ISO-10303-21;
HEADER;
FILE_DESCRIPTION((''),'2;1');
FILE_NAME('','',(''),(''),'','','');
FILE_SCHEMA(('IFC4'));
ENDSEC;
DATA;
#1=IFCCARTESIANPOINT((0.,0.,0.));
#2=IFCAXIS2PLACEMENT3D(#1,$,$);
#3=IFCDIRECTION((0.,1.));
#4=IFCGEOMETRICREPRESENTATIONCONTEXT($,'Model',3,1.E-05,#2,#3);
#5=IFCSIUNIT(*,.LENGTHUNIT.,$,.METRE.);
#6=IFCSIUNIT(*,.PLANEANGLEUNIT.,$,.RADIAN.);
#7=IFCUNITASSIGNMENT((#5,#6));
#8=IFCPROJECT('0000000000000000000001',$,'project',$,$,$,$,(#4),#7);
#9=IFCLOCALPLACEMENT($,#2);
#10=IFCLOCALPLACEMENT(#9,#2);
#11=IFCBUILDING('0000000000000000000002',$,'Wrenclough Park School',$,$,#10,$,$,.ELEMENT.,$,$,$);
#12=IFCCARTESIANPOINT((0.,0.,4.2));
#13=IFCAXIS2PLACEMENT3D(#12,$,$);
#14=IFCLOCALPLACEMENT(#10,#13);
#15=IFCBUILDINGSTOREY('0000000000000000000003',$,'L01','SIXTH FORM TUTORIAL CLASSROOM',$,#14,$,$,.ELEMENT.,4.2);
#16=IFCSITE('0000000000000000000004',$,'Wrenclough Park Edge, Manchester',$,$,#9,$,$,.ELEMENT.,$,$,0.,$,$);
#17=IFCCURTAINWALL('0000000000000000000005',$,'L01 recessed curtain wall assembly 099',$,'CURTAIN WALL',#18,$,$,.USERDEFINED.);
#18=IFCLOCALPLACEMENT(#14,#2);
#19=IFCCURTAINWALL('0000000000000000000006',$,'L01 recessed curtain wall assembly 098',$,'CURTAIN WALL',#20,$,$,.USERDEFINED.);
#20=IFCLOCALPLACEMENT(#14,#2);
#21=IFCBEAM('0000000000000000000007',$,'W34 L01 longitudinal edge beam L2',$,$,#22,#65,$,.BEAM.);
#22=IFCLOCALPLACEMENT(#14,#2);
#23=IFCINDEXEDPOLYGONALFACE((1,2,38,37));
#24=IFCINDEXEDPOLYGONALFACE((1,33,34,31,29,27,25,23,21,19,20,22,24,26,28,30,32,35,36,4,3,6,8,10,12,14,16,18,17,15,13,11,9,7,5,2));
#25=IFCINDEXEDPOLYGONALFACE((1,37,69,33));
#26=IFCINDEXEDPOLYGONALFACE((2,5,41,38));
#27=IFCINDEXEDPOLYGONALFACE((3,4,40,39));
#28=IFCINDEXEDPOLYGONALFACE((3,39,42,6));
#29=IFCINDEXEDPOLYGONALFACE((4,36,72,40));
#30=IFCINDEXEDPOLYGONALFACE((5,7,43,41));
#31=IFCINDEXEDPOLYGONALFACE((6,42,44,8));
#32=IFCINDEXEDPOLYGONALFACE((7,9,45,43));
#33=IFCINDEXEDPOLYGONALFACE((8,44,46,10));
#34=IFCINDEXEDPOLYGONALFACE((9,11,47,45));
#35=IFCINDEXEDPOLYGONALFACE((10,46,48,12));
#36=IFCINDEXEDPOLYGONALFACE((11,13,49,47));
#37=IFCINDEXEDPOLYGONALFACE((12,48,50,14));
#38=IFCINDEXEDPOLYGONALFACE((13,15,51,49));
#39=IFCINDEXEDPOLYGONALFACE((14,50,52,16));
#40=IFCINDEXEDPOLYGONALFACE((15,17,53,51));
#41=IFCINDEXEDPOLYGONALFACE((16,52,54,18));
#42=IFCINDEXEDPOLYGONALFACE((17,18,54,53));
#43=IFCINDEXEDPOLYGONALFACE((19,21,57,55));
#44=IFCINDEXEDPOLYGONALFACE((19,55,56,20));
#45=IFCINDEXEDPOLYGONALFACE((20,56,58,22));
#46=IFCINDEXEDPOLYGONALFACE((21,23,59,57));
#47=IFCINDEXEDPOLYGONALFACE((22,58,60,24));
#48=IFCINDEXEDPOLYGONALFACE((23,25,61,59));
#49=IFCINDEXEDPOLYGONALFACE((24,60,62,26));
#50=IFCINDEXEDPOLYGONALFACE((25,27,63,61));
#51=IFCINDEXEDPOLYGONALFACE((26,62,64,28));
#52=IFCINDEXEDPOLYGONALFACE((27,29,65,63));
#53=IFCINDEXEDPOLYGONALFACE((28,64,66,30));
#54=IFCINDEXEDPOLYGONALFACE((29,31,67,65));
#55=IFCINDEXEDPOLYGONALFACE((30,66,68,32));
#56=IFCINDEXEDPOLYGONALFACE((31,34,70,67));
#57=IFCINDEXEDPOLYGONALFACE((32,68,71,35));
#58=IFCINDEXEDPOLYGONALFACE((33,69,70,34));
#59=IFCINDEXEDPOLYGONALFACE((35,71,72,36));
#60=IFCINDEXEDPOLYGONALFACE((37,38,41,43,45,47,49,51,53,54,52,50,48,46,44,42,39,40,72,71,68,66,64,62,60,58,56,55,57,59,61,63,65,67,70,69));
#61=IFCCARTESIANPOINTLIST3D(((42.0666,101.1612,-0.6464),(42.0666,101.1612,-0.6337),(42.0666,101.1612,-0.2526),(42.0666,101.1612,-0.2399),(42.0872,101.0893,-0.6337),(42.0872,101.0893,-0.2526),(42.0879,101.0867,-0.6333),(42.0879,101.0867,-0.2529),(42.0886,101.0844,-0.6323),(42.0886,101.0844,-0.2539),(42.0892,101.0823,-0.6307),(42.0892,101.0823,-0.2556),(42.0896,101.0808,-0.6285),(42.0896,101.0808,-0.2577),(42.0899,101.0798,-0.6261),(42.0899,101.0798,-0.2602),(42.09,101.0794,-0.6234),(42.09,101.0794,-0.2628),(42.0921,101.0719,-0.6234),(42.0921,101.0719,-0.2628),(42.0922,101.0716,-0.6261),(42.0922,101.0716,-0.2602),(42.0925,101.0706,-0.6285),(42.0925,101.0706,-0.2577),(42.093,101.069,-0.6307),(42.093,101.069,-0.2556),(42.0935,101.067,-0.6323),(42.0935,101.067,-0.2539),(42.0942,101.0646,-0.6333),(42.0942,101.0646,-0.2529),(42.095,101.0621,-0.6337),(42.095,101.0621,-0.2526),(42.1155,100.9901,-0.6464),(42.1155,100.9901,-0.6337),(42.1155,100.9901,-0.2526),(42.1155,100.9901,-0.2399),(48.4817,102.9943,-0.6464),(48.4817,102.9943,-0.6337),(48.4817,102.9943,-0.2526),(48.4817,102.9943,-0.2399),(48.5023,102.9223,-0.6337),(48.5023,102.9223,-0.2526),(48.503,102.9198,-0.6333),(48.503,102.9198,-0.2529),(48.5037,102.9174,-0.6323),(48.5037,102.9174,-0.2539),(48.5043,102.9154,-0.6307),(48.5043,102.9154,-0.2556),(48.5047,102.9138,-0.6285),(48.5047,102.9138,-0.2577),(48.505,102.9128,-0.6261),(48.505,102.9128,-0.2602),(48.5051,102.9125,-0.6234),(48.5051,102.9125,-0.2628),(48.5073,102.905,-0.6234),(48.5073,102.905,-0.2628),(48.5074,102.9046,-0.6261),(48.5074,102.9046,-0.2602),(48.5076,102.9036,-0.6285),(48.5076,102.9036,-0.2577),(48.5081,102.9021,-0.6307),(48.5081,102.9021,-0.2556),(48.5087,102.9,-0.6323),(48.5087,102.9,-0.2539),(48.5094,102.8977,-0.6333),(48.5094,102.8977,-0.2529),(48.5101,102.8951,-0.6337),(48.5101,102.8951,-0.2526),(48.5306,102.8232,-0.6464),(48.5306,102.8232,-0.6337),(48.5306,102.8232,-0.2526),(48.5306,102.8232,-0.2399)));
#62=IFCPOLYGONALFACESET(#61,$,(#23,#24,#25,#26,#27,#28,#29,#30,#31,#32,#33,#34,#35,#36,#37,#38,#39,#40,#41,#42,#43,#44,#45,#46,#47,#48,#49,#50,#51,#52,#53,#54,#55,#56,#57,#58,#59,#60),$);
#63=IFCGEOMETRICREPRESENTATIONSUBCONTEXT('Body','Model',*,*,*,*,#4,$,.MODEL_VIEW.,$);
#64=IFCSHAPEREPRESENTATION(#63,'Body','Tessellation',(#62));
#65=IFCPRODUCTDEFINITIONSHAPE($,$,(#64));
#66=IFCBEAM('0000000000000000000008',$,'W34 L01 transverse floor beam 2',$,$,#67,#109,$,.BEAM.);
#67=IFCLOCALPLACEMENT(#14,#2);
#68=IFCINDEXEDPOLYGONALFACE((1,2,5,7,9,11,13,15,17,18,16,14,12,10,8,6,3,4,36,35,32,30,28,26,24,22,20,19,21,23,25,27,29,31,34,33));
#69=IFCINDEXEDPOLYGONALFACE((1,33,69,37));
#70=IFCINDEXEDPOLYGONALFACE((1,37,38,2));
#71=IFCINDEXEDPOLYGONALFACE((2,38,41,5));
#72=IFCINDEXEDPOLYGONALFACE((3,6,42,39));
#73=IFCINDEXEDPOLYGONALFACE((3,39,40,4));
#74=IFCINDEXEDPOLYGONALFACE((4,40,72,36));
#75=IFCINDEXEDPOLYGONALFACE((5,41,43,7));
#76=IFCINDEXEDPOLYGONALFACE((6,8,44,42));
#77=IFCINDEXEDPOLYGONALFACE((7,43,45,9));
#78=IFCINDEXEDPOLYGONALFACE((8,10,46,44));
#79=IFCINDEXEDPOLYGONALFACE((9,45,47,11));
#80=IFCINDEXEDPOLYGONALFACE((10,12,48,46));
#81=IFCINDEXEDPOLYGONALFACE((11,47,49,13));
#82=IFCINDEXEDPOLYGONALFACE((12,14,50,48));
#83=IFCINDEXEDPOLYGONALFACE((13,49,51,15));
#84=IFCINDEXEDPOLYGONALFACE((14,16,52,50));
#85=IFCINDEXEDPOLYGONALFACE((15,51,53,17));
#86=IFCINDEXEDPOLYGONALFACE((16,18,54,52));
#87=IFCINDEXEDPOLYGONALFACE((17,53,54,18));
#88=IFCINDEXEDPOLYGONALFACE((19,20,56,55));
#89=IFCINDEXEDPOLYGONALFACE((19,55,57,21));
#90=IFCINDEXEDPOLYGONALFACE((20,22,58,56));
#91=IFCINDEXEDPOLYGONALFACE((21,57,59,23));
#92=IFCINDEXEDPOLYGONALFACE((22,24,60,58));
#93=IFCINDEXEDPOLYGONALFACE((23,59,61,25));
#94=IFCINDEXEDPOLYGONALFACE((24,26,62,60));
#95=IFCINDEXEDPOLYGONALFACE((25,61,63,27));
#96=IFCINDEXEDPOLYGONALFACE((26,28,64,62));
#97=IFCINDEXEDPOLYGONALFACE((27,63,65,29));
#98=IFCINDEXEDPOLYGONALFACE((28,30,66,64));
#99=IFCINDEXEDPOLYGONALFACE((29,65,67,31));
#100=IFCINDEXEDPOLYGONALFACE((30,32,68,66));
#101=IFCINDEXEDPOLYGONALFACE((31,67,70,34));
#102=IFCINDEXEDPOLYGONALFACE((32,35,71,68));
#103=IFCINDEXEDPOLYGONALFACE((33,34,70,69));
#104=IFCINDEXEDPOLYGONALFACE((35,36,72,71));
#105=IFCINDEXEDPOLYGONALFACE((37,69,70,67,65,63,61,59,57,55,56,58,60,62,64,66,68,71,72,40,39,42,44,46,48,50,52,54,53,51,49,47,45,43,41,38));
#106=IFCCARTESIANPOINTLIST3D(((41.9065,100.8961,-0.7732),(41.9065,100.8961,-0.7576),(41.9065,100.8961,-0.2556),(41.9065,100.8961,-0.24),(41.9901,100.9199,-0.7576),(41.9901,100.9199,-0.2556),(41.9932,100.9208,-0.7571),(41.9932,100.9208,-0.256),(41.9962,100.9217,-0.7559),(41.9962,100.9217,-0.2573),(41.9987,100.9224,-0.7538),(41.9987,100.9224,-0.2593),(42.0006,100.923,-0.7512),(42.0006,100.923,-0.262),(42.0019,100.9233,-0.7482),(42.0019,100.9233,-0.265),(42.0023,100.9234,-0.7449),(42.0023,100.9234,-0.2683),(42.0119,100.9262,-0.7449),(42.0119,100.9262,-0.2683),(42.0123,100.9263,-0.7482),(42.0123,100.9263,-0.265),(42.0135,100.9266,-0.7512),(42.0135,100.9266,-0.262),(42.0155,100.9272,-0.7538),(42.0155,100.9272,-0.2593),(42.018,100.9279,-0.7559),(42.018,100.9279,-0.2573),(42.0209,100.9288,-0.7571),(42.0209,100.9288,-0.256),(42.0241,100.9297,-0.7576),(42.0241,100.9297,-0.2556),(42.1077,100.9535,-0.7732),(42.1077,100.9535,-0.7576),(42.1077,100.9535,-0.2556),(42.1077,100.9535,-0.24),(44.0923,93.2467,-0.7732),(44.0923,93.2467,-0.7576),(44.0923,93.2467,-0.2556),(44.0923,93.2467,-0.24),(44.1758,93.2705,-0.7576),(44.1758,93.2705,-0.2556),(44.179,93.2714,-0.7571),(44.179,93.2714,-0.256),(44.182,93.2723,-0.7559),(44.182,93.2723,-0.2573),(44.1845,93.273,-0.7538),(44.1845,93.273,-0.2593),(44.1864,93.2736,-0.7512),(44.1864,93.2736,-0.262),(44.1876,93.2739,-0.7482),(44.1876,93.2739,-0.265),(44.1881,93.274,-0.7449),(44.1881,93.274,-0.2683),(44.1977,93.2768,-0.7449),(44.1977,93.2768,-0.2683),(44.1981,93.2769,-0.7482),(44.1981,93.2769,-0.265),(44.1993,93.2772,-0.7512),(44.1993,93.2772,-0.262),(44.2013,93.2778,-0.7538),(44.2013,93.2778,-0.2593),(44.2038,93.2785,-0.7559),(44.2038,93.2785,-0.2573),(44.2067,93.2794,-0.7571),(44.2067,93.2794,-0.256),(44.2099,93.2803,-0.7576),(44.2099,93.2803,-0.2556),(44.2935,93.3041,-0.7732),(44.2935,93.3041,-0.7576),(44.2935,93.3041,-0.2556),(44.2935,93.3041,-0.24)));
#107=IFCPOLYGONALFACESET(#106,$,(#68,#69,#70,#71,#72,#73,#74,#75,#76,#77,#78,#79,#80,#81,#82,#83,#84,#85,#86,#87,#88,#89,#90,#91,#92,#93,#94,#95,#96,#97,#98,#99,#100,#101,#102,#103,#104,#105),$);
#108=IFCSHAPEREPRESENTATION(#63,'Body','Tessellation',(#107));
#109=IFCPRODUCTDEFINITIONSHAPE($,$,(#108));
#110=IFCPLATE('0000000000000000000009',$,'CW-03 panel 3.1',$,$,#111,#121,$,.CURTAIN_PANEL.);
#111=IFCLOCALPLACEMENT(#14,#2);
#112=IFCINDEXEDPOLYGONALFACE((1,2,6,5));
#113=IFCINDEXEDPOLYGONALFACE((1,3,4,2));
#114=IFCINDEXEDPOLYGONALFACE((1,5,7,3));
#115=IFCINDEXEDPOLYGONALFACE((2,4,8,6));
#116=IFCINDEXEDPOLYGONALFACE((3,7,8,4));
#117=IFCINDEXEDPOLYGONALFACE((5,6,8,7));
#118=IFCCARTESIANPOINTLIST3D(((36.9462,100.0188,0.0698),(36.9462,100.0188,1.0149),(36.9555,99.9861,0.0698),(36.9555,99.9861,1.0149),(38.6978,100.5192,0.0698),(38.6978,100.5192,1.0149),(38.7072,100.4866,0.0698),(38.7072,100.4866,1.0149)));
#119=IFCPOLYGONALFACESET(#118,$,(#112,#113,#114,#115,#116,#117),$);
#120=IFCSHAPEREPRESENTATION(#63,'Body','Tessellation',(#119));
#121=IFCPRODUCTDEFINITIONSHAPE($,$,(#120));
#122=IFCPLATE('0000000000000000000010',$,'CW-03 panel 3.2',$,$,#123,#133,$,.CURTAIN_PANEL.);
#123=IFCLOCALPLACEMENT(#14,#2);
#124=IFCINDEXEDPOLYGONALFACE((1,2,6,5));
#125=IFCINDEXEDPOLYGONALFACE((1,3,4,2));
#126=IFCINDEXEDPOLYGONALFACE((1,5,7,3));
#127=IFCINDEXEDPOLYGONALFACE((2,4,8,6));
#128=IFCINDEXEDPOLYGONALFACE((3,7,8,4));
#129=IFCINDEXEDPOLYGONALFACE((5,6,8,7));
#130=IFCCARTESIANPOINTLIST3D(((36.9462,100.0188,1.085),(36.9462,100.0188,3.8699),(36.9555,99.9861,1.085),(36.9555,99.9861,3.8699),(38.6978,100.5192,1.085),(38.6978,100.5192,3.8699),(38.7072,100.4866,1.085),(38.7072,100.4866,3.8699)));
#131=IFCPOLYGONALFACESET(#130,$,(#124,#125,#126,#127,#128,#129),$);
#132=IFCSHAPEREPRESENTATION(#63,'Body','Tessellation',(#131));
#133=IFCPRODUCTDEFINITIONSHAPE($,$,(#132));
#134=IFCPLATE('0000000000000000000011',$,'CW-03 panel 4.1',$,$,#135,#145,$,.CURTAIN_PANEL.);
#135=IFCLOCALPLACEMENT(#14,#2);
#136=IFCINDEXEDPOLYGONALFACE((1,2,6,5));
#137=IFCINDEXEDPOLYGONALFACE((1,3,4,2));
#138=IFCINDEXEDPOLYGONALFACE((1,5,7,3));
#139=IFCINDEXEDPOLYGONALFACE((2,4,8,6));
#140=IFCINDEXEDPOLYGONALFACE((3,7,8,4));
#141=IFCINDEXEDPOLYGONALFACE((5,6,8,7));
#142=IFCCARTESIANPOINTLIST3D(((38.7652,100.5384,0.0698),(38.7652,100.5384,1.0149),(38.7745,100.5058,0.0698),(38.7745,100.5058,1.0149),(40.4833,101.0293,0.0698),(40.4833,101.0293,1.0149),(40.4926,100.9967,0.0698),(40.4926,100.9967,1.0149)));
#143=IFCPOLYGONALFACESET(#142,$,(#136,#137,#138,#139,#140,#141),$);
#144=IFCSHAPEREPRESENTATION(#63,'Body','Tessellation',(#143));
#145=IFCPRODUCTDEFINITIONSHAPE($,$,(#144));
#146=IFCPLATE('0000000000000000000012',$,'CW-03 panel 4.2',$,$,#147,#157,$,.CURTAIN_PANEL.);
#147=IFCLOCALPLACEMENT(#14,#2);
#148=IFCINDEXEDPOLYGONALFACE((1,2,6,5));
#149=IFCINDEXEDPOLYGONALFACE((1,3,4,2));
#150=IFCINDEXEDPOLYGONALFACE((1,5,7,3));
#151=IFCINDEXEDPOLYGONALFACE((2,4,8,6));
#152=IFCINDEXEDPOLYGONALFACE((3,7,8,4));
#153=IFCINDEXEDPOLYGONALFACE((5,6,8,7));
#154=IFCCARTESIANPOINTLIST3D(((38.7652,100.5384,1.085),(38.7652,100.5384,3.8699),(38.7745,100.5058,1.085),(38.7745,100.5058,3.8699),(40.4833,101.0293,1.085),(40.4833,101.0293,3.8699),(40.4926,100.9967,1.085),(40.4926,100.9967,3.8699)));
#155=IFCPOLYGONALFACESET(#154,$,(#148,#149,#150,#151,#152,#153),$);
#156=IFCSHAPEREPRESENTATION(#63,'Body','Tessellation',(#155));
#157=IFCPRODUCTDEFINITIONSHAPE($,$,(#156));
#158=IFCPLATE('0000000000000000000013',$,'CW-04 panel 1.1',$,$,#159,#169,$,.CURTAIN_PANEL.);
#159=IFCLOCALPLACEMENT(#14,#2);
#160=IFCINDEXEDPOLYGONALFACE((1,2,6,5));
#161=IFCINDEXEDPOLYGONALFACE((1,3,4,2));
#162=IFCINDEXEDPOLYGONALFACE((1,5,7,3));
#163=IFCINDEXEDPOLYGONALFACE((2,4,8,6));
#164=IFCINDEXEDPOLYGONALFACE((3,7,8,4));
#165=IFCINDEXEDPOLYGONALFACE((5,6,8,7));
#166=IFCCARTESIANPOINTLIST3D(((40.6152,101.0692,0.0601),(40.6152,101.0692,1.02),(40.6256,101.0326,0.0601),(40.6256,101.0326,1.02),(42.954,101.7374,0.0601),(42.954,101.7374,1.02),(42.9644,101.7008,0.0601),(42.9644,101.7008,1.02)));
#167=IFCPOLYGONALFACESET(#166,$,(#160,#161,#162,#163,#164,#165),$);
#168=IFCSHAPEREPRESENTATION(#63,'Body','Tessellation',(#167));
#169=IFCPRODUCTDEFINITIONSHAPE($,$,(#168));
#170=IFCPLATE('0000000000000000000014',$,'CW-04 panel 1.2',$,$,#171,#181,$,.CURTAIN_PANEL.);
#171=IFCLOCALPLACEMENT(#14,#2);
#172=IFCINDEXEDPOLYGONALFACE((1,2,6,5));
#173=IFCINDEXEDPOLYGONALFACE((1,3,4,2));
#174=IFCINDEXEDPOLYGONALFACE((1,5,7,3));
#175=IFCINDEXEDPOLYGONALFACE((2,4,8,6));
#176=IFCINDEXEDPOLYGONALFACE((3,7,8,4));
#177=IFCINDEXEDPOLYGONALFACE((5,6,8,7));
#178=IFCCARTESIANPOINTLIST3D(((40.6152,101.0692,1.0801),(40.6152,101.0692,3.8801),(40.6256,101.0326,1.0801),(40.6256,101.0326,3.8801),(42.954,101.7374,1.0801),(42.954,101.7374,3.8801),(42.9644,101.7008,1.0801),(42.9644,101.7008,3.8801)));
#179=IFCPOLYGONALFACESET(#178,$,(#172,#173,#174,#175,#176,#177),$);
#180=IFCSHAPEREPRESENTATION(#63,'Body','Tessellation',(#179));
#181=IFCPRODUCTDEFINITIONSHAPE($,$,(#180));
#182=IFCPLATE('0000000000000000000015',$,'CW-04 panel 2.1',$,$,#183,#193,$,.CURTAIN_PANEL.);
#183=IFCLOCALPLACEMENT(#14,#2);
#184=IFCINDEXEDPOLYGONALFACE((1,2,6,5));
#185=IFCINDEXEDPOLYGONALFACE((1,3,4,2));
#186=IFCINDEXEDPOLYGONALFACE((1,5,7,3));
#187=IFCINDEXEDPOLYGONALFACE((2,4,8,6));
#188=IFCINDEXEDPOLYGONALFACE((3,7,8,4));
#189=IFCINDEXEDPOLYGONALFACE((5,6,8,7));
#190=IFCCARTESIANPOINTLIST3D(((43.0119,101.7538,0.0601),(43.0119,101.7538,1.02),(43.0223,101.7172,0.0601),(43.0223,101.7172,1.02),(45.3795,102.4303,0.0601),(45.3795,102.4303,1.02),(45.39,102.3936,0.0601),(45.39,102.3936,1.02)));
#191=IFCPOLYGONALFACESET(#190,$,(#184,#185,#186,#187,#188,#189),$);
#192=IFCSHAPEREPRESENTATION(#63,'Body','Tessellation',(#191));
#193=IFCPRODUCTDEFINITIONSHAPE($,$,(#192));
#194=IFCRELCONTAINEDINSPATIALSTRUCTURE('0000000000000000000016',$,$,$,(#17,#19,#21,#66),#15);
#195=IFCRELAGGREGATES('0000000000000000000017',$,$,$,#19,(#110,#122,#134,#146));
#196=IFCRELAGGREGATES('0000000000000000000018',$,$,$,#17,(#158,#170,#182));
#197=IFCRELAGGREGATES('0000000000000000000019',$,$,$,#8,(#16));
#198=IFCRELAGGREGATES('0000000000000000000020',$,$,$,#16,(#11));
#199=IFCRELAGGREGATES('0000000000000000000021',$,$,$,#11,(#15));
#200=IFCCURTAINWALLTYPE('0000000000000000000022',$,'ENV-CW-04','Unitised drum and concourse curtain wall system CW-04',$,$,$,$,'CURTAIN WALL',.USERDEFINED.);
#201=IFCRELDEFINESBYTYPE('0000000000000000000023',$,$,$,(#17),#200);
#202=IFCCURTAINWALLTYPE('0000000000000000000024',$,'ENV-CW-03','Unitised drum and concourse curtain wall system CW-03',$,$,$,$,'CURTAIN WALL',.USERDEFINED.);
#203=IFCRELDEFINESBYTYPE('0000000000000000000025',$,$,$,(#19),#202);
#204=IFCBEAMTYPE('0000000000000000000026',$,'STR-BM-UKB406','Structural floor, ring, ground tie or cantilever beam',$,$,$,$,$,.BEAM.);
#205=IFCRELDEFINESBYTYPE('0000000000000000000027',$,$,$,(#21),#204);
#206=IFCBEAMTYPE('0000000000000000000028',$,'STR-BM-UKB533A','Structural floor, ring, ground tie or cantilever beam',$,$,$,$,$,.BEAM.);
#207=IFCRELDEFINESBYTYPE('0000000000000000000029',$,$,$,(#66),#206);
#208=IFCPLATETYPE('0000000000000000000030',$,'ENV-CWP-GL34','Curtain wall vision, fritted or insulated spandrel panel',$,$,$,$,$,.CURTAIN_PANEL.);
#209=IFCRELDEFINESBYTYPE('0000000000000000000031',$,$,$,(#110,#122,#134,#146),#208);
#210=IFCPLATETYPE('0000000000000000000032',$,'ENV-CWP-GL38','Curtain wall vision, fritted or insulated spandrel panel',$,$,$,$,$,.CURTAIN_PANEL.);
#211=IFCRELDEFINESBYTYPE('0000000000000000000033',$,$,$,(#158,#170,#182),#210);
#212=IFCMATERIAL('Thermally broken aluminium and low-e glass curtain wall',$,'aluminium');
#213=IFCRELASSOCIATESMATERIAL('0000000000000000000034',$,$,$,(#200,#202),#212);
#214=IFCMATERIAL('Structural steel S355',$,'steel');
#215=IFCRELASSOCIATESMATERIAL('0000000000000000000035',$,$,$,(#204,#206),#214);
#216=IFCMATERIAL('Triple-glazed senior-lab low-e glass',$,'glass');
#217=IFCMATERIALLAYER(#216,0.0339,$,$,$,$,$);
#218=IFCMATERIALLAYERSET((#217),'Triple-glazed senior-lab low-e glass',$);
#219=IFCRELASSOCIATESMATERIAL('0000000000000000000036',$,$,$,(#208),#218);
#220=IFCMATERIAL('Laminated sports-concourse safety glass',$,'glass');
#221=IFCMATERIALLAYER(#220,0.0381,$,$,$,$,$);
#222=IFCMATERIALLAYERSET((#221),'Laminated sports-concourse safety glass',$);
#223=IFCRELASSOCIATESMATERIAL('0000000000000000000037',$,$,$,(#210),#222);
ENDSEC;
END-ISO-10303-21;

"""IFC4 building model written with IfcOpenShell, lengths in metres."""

from ifc_helpers import new_model, si_unit, direction, frame, origin, origin_2d, place, context, subcontext, project, spatial, rectangle, i_section, extrude, material, layer, layer_set, material_profile, profile_set, type_object, element, aggregate, save


model = new_model("IFC4")

# Units and contexts
model_context = context("Model", 3, precision=1e-05, world=origin(), true_north=direction((0.0, 1.0)))
body_context = subcontext(model_context, "Body", "Model", "MODEL_VIEW")
ifc_project = project(units=[si_unit("LENGTHUNIT", "METRE"), si_unit("PLANEANGLEUNIT", "RADIAN")], contexts=[model_context])

# Site, building, storey
site_placement = place(None, origin())
site = spatial("IfcSite", under=ifc_project, at=site_placement, Name="Wrenclough Park Edge, Manchester", CompositionType="ELEMENT", RefElevation=0.0)
building_placement = place(site_placement, origin())
building = spatial("IfcBuilding", under=site, at=building_placement, Name="Wrenclough Park School", CompositionType="ELEMENT")
storey_placement = place(building_placement, frame((0.0, 0.0, 4.2)))
storey = spatial("IfcBuildingStorey", under=building, at=storey_placement, Name="L01", Description="SIXTH FORM TUTORIAL CLASSROOM", CompositionType="ELEMENT", Elevation=4.2)

# Shared definitions
ifc_material_1 = material(Name="Structural steel S355", Category="steel")

# Curtain walls
ifc_material_2 = material(Name="Thermally broken aluminium and low-e glass curtain wall", Category="aluminium")
curtain_wall_type_1 = type_object("IfcCurtainWallType", Name="ENV-CW-04", Description="Unitised drum and concourse curtain wall system CW-04", ElementType="CURTAIN WALL", PredefinedType="USERDEFINED", material=ifc_material_2)
curtain_wall_1_placement = place(storey_placement, origin())
curtain_wall_1 = element("IfcCurtainWall", 1, at=curtain_wall_1_placement, inside=storey, type_object=curtain_wall_type_1, Name="L01 recessed curtain wall assembly 099", ObjectType="CURTAIN WALL", PredefinedType="USERDEFINED")
curtain_wall_type_2 = type_object("IfcCurtainWallType", Name="ENV-CW-03", Description="Unitised drum and concourse curtain wall system CW-03", ElementType="CURTAIN WALL", PredefinedType="USERDEFINED", material=ifc_material_2)
curtain_wall_2_placement = place(storey_placement, origin())
curtain_wall_2 = element("IfcCurtainWall", 2, at=curtain_wall_2_placement, inside=storey, type_object=curtain_wall_type_2, Name="L01 recessed curtain wall assembly 098", ObjectType="CURTAIN WALL", PredefinedType="USERDEFINED")

# Beams
ifc_material_profile_1 = material_profile(ifc_material_1, i_section(OverallWidth=0.178, OverallDepth=0.4065, WebThickness=0.0078, FlangeThickness=0.0127, FilletRadius=0.0103, at=origin_2d()), Name="UKB 406x178x60")
ifc_profile_set_1 = profile_set([ifc_material_profile_1], Name="Structural steel S355")
beam_type_1 = type_object("IfcBeamType", Name="STR-BM-UKB406", Description="Structural floor, ring, ground tie or cantilever beam", PredefinedType="BEAM", material=ifc_profile_set_1)
beam_1_placement = place(storey_placement, frame((42.0911, 101.0757, -0.4431), z_axis=(0.961518, 0.27474, 0.0), x_axis=(-0.27474, 0.961518, 0.0)))
element("IfcBeam", 3, at=beam_1_placement, inside=storey, type_object=beam_type_1, Name="W34 L01 longitudinal edge beam L2", PredefinedType="BEAM", context=body_context, shape_type="SweptSolid", body=[
    extrude(i_section(OverallWidth=0.178, OverallDepth=0.4065, WebThickness=0.0078, FlangeThickness=0.0127, FilletRadius=0.0103, at=origin_2d()), origin(), (0.0, 0.0, 1.0), 6.6719),
])
ifc_material_profile_2 = material_profile(ifc_material_1, i_section(OverallWidth=0.2092, OverallDepth=0.5332, WebThickness=0.01, FlangeThickness=0.0156, FilletRadius=0.0127, at=origin_2d()), Name="UKB 533x210x92")
ifc_profile_set_2 = profile_set([ifc_material_profile_2], Name="Structural steel S355")
beam_type_2 = type_object("IfcBeamType", Name="STR-BM-UKB533A", Description="Structural floor, ring, ground tie or cantilever beam", PredefinedType="BEAM", material=ifc_profile_set_2)
beam_2_placement = place(storey_placement, frame((42.0071, 100.9248, -0.5066), z_axis=(0.274749, -0.961516, 0.0), x_axis=(0.961516, 0.274749, 0.0)))
element("IfcBeam", 4, at=beam_2_placement, inside=storey, type_object=beam_type_2, Name="W34 L01 transverse floor beam 2", PredefinedType="BEAM", context=body_context, shape_type="SweptSolid", body=[
    extrude(i_section(OverallWidth=0.2092, OverallDepth=0.5332, WebThickness=0.01, FlangeThickness=0.0156, FilletRadius=0.0127, at=origin_2d()), origin(), (0.0, 0.0, 1.0), 7.9556),
])

# Plates
ifc_material_3 = material(Name="Triple-glazed senior-lab low-e glass", Category="glass")
ifc_layer_1 = layer(ifc_material_3, 0.0339)
ifc_layer_set_1 = layer_set([ifc_layer_1], Name="Triple-glazed senior-lab low-e glass")
plate_type_1 = type_object("IfcPlateType", Name="ENV-CWP-GL34", Description="Curtain wall vision, fritted or insulated spandrel panel", PredefinedType="CURTAIN_PANEL", material=ifc_layer_set_1)
plate_1_placement = place(storey_placement, frame((37.8267, 100.2527, 0.0698), z_axis=(0.0, 0.0, 1.0), x_axis=(0.961522, 0.274726, 0.0)))
plate_1 = element("IfcPlate", 5, at=plate_1_placement, type_object=plate_type_1, Name="CW-03 panel 3.1", PredefinedType="CURTAIN_PANEL", context=body_context, shape_type="SweptSolid", body=[
    extrude(rectangle(XDim=1.8218, YDim=0.0339, at=origin_2d()), origin(), (0.0, 0.0, 1.0), 0.9451),
])
plate_2_placement = place(storey_placement, frame((37.8267, 100.2527, 1.085), z_axis=(0.0, 0.0, 1.0), x_axis=(0.961522, 0.274726, 0.0)))
plate_2 = element("IfcPlate", 6, at=plate_2_placement, type_object=plate_type_1, Name="CW-03 panel 3.2", PredefinedType="CURTAIN_PANEL", context=body_context, shape_type="SweptSolid", body=[
    extrude(rectangle(XDim=1.8218, YDim=0.0339, at=origin_2d()), origin(), (0.0, 0.0, 1.0), 2.7849),
])
plate_3_placement = place(storey_placement, frame((39.6289, 100.7676, 0.0698), z_axis=(0.0, 0.0, 1.0), x_axis=(0.961522, 0.274726, 0.0)))
plate_3 = element("IfcPlate", 7, at=plate_3_placement, type_object=plate_type_1, Name="CW-03 panel 4.1", PredefinedType="CURTAIN_PANEL", context=body_context, shape_type="SweptSolid", body=[
    extrude(rectangle(XDim=1.7869, YDim=0.0339, at=origin_2d()), origin(), (0.0, 0.0, 1.0), 0.9451),
])
plate_4_placement = place(storey_placement, frame((39.6289, 100.7676, 1.085), z_axis=(0.0, 0.0, 1.0), x_axis=(0.961522, 0.274726, 0.0)))
plate_4 = element("IfcPlate", 8, at=plate_4_placement, type_object=plate_type_1, Name="CW-03 panel 4.2", PredefinedType="CURTAIN_PANEL", context=body_context, shape_type="SweptSolid", body=[
    extrude(rectangle(XDim=1.7869, YDim=0.0339, at=origin_2d()), origin(), (0.0, 0.0, 1.0), 2.7849),
])
aggregate(curtain_wall_2, [plate_1, plate_2, plate_3, plate_4])
ifc_material_4 = material(Name="Laminated sports-concourse safety glass", Category="glass")
ifc_layer_2 = layer(ifc_material_4, 0.0381)
ifc_layer_set_2 = layer_set([ifc_layer_2], Name="Laminated sports-concourse safety glass")
plate_type_2 = type_object("IfcPlateType", Name="ENV-CWP-GL38", Description="Curtain wall vision, fritted or insulated spandrel panel", PredefinedType="CURTAIN_PANEL", material=ifc_layer_set_2)
plate_5_placement = place(storey_placement, frame((41.7898, 101.385, 0.0601), z_axis=(0.0, 0.0, 1.0), x_axis=(0.961527, 0.274711, 0.0)))
plate_5 = element("IfcPlate", 9, at=plate_5_placement, type_object=plate_type_2, Name="CW-04 panel 1.1", PredefinedType="CURTAIN_PANEL", context=body_context, shape_type="SweptSolid", body=[
    extrude(rectangle(XDim=2.4324, YDim=0.0381, at=origin_2d()), origin(), (0.0, 0.0, 1.0), 0.96),
])
plate_6_placement = place(storey_placement, frame((41.7898, 101.385, 1.0801), z_axis=(0.0, 0.0, 1.0), x_axis=(0.961527, 0.274711, 0.0)))
plate_6 = element("IfcPlate", 10, at=plate_6_placement, type_object=plate_type_2, Name="CW-04 panel 1.2", PredefinedType="CURTAIN_PANEL", context=body_context, shape_type="SweptSolid", body=[
    extrude(rectangle(XDim=2.4324, YDim=0.0381, at=origin_2d()), origin(), (0.0, 0.0, 1.0), 2.8),
])
plate_7_placement = place(storey_placement, frame((44.2009, 102.0737, 0.0601), z_axis=(0.0, 0.0, 1.0), x_axis=(0.961527, 0.274711, 0.0)))
plate_7 = element("IfcPlate", 11, at=plate_7_placement, type_object=plate_type_2, Name="CW-04 panel 2.1", PredefinedType="CURTAIN_PANEL", context=body_context, shape_type="SweptSolid", body=[
    extrude(rectangle(XDim=2.4624, YDim=0.0381, at=origin_2d()), origin(), (0.0, 0.0, 1.0), 0.96),
])
aggregate(curtain_wall_1, [plate_5, plate_6, plate_7])

save(model, "model.ifc")
